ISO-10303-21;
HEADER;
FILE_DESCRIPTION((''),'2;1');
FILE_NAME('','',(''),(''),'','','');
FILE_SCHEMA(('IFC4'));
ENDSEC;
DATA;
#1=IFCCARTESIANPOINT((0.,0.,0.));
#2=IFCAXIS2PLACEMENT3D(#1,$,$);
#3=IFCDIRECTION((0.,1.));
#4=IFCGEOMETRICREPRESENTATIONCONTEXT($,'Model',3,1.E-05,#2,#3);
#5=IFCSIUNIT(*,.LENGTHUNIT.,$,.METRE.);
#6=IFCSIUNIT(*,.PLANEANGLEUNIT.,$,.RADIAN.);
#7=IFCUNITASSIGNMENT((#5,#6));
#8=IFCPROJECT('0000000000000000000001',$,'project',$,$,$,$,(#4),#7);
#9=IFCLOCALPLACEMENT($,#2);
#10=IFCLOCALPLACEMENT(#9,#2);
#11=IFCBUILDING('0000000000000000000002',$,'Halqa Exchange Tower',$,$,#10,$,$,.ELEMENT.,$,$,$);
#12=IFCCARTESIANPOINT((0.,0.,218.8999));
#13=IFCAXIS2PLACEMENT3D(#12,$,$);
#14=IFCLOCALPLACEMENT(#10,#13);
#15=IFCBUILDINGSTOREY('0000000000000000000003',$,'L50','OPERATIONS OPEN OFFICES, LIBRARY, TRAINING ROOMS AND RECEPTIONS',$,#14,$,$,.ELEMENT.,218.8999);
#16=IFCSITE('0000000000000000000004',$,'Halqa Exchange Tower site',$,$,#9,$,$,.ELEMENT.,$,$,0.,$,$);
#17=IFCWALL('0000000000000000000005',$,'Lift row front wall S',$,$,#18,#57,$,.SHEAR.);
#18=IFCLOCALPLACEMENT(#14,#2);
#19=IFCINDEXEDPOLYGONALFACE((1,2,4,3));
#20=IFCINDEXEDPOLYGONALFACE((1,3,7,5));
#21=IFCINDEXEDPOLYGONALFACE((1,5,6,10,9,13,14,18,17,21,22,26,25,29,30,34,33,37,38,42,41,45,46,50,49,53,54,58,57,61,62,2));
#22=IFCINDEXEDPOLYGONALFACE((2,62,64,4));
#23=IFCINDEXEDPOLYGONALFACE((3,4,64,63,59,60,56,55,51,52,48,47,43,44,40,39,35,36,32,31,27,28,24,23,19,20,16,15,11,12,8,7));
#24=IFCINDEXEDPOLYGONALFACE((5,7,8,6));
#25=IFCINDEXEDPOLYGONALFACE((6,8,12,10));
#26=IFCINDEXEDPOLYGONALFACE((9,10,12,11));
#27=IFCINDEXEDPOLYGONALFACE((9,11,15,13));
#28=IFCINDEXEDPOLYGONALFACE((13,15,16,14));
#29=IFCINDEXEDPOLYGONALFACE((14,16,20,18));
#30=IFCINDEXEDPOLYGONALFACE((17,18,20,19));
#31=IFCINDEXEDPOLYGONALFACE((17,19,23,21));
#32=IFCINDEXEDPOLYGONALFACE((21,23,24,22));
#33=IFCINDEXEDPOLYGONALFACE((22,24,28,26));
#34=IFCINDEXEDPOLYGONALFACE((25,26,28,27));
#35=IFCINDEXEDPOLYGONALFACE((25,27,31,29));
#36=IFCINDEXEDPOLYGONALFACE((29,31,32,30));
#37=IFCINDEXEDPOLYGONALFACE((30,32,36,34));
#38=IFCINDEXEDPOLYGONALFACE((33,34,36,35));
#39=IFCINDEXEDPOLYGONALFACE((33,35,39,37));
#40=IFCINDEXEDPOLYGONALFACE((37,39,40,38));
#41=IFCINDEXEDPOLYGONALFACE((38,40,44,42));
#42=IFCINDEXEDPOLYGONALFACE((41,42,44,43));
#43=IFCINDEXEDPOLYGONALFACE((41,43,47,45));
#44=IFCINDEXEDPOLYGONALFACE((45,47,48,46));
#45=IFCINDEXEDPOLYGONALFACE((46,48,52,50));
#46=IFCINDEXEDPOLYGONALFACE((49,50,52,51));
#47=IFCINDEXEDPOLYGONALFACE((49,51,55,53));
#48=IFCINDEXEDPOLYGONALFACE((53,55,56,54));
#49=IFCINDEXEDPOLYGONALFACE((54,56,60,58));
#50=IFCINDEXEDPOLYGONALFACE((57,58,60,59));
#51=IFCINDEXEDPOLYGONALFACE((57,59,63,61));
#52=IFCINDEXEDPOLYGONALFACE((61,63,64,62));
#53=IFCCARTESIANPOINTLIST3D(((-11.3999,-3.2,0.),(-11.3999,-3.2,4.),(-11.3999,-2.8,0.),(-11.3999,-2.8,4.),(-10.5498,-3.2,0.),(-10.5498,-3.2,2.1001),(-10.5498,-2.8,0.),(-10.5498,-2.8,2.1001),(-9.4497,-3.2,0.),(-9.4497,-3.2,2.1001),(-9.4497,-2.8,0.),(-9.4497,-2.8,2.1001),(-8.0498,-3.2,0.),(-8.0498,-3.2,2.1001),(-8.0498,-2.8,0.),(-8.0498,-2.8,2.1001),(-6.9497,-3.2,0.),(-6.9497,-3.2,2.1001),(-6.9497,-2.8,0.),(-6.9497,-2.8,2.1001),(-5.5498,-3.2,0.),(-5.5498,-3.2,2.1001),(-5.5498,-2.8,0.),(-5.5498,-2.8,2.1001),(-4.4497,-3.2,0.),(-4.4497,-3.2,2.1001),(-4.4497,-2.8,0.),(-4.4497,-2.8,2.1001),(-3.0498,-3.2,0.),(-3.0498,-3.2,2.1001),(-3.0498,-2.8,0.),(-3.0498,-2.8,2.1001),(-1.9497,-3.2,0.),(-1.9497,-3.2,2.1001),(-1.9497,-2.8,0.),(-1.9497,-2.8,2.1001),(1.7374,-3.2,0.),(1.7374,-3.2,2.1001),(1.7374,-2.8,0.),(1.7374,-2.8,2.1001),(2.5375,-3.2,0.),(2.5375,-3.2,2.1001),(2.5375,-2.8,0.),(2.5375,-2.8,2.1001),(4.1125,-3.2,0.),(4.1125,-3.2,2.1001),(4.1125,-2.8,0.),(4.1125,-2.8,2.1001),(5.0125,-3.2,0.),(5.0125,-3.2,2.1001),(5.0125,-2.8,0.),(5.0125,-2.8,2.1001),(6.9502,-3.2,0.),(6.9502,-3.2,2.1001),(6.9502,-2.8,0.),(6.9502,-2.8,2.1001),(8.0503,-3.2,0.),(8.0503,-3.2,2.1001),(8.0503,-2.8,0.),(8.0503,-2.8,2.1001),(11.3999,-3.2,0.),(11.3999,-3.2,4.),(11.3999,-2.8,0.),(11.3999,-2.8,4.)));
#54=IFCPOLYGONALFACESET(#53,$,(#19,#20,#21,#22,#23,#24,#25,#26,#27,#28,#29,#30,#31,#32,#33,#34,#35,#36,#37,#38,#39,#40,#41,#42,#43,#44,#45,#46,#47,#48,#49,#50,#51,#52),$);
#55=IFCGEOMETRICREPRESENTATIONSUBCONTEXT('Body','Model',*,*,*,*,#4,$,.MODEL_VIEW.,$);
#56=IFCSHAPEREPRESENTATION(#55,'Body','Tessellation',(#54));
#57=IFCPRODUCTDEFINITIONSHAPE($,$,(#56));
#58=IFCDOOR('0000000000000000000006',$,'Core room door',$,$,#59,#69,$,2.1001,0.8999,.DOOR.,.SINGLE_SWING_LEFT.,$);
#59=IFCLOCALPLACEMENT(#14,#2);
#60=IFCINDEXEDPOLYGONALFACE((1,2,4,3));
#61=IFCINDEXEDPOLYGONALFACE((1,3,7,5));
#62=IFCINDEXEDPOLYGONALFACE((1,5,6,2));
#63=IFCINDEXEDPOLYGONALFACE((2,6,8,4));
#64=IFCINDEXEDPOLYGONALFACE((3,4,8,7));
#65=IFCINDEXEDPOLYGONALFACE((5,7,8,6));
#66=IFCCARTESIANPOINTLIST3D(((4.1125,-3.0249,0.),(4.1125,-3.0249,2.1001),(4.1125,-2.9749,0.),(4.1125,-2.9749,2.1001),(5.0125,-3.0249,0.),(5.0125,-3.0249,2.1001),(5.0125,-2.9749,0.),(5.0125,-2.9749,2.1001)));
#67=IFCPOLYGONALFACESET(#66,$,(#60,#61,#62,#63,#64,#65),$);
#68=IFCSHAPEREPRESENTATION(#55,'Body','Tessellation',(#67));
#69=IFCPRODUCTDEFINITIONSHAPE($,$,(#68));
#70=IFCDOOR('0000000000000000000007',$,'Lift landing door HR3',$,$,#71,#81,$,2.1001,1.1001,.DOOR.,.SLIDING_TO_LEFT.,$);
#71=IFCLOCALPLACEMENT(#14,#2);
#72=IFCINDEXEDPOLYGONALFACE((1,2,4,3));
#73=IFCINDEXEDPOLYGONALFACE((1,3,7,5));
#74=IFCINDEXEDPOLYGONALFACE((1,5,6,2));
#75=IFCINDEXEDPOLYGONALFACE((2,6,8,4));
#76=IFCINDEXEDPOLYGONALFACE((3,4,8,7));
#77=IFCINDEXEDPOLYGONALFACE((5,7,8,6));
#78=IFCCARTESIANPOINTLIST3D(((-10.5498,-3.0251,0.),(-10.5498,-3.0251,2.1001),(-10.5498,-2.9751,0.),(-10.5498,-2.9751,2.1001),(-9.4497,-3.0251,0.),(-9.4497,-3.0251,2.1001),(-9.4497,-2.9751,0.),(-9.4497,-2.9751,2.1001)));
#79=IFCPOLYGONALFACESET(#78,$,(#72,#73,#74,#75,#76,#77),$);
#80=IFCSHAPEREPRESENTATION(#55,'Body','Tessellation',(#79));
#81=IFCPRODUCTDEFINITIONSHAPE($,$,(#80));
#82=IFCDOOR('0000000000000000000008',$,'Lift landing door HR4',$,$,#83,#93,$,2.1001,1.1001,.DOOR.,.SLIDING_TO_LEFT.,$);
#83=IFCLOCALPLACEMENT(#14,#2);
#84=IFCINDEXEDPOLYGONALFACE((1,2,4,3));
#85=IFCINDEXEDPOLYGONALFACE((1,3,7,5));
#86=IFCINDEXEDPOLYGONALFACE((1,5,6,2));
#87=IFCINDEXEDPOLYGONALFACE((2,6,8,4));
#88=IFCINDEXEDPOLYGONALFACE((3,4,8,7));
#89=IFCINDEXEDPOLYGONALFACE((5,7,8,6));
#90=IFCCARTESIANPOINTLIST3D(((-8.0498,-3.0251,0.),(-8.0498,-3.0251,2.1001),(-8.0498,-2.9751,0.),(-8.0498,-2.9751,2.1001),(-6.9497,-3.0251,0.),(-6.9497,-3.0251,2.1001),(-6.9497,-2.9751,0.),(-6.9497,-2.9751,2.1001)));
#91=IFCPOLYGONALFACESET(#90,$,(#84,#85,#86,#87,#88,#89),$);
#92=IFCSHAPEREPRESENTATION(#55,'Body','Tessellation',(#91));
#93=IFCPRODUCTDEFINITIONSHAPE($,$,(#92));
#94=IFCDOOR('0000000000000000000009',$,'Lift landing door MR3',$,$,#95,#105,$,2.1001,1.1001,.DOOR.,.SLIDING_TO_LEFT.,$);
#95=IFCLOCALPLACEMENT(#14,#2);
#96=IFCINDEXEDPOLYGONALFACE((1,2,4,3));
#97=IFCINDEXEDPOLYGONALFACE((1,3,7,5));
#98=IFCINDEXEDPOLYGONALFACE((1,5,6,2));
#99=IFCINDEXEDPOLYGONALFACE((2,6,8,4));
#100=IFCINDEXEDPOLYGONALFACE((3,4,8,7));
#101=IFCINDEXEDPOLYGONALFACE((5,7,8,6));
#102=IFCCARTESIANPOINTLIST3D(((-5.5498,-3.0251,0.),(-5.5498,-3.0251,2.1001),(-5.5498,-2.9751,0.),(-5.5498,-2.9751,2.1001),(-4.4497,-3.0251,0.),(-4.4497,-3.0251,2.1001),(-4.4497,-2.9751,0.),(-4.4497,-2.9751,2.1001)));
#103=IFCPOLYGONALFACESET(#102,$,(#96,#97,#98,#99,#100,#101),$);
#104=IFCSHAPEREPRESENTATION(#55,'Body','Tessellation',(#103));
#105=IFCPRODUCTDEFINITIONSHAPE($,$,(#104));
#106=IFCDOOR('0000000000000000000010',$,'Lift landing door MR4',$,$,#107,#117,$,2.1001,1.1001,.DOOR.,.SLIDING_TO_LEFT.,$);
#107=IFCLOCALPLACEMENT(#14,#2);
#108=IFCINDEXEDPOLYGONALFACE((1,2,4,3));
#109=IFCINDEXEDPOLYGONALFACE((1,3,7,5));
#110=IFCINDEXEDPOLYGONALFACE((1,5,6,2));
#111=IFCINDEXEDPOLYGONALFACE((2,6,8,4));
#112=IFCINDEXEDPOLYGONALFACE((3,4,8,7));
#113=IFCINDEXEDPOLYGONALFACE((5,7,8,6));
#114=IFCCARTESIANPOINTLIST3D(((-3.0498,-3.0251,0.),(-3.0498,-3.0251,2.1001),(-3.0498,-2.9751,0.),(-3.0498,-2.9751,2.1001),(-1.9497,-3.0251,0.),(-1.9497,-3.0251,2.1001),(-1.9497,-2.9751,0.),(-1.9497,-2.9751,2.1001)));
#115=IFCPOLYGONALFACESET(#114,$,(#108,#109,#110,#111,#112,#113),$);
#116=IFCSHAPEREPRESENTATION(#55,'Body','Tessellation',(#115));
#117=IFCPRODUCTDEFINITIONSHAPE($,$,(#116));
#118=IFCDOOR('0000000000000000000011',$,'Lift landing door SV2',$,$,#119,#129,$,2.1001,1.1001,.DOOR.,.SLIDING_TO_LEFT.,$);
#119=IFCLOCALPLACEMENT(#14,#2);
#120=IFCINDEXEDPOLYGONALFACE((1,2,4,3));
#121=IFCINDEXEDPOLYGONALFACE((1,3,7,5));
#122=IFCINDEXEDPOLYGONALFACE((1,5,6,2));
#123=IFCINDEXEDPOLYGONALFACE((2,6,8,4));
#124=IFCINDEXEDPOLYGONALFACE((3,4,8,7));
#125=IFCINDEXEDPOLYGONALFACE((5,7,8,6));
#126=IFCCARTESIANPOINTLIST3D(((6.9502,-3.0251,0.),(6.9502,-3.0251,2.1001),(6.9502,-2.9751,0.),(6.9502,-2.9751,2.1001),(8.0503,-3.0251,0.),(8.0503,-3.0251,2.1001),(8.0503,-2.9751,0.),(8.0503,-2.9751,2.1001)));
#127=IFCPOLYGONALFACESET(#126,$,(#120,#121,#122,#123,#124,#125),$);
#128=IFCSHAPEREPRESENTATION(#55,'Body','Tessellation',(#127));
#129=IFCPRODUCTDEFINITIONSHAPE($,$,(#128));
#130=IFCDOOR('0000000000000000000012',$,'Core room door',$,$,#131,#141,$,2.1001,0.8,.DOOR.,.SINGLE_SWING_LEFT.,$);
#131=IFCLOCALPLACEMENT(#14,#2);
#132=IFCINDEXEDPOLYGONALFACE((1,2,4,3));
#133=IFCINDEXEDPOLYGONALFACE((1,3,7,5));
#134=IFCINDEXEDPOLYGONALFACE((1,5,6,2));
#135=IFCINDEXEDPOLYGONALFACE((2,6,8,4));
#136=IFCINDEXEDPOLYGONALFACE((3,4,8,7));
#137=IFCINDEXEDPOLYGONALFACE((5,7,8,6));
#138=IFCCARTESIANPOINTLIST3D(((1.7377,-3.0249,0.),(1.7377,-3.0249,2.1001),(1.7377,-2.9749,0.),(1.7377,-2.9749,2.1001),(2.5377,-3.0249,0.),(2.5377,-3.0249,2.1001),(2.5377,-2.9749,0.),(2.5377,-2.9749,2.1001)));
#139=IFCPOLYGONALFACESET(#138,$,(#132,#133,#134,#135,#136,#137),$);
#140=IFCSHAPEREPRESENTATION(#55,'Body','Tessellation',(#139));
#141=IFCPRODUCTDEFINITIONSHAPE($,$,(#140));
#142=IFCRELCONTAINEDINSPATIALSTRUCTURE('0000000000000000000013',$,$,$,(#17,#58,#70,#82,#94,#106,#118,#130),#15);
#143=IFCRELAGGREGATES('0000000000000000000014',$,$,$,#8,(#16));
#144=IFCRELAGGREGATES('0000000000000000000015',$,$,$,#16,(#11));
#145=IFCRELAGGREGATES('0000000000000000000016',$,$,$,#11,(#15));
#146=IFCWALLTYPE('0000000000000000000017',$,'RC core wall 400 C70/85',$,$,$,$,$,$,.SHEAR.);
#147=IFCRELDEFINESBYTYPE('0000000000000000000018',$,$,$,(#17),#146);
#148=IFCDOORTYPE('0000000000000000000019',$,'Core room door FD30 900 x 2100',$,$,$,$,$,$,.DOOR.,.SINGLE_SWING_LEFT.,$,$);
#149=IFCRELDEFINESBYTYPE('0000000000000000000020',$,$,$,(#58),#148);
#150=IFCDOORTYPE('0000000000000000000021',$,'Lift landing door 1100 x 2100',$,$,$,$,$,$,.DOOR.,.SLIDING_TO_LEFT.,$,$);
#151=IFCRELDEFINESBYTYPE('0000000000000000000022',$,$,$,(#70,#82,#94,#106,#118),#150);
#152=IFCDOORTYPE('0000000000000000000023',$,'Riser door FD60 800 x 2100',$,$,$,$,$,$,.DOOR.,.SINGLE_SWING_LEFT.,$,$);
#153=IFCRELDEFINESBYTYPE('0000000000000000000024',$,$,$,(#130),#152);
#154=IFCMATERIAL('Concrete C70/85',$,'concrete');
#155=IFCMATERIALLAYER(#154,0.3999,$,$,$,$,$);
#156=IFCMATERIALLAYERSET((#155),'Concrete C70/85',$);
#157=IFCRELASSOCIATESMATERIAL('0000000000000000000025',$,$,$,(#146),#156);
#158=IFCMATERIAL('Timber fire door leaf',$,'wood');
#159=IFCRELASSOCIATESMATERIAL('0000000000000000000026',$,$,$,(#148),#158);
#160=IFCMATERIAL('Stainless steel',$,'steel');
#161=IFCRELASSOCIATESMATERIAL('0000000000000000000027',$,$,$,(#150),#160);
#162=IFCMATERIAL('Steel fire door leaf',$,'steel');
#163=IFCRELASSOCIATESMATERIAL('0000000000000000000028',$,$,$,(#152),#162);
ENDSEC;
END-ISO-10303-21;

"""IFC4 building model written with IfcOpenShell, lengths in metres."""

from ifc_helpers import new_model, si_unit, direction, frame, frame_2d, origin, place, context, subcontext, project, spatial, rectangle, extrude, material, layer, layer_set, type_object, element, fill, save


model = new_model("IFC4")

# Units and contexts
model_context = context("Model", 3, precision=1e-05, world=origin(), true_north=direction((0.0, 1.0)))
body_context = subcontext(model_context, "Body", "Model", "MODEL_VIEW")
ifc_project = project(units=[si_unit("LENGTHUNIT", "METRE"), si_unit("PLANEANGLEUNIT", "RADIAN")], contexts=[model_context])

# Site, building, storey
site_placement = place(None, origin())
site = spatial("IfcSite", under=ifc_project, at=site_placement, Name="Halqa Exchange Tower site", CompositionType="ELEMENT", RefElevation=0.0)
building_placement = place(site_placement, origin())
building = spatial("IfcBuilding", under=site, at=building_placement, Name="Halqa Exchange Tower", CompositionType="ELEMENT")
storey_placement = place(building_placement, frame((0.0, 0.0, 218.8999)))
storey = spatial("IfcBuildingStorey", under=building, at=storey_placement, Name="L50", Description="OPERATIONS OPEN OFFICES, LIBRARY, TRAINING ROOMS AND RECEPTIONS", CompositionType="ELEMENT", Elevation=218.8999)

# Wall, openings, doors
ifc_material_1 = material(Name="Concrete C70/85", Category="concrete")
ifc_layer_1 = layer(ifc_material_1, 0.3999)
ifc_layer_set_1 = layer_set([ifc_layer_1], Name="Concrete C70/85")
wall_type_1 = type_object("IfcWallType", Name="RC core wall 400 C70/85", PredefinedType="SHEAR", material=ifc_layer_set_1)
wall_1_placement = place(storey_placement, frame((-11.3999, -3.0, 0.0), z_axis=(0.0, 0.0, 1.0), x_axis=(1.0, 0.0, 0.0)))
wall_1 = element("IfcWall", 1, at=wall_1_placement, inside=storey, type_object=wall_type_1, Name="Lift row front wall S", PredefinedType="SHEAR", context=body_context, shape_type="SweptSolid", body=[
    extrude(rectangle(XDim=22.7998, YDim=0.3999, at=frame_2d((11.3999, 0.0))), origin(), (0.0, 0.0, 1.0), 4.0),
])
opening_1_placement = place(wall_1_placement, frame((0.8501, 0.0, 0.0)))
opening_1 = element("IfcOpeningElement", 2, at=opening_1_placement, cuts=wall_1, PredefinedType="OPENING", context=body_context, shape_type="SweptSolid", body=[
    extrude(rectangle(XDim=1.1001, YDim=2.1001, at=frame_2d((0.55, 1.05))), frame((0.0, 0.2119, 0.0), z_axis=(0.0, -1.0, 0.0), x_axis=(1.0, 0.0, 0.0)), (0.0, 0.0, 1.0), 0.4238),
])
opening_2_placement = place(wall_1_placement, frame((3.3501, 0.0, 0.0)))
opening_2 = element("IfcOpeningElement", 3, at=opening_2_placement, cuts=wall_1, PredefinedType="OPENING", context=body_context, shape_type="SweptSolid", body=[
    extrude(rectangle(XDim=1.1001, YDim=2.1001, at=frame_2d((0.55, 1.05))), frame((0.0, 0.2119, 0.0), z_axis=(0.0, -1.0, 0.0), x_axis=(1.0, 0.0, 0.0)), (0.0, 0.0, 1.0), 0.4238),
])
opening_3_placement = place(wall_1_placement, frame((5.8501, 0.0, 0.0)))
opening_3 = element("IfcOpeningElement", 4, at=opening_3_placement, cuts=wall_1, PredefinedType="OPENING", context=body_context, shape_type="SweptSolid", body=[
    extrude(rectangle(XDim=1.1001, YDim=2.1001, at=frame_2d((0.55, 1.05))), frame((0.0, 0.2119, 0.0), z_axis=(0.0, -1.0, 0.0), x_axis=(1.0, 0.0, 0.0)), (0.0, 0.0, 1.0), 0.4238),
])
opening_4_placement = place(wall_1_placement, frame((8.3501, 0.0, 0.0)))
opening_4 = element("IfcOpeningElement", 5, at=opening_4_placement, cuts=wall_1, PredefinedType="OPENING", context=body_context, shape_type="SweptSolid", body=[
    extrude(rectangle(XDim=1.1001, YDim=2.1001, at=frame_2d((0.55, 1.05))), frame((0.0, 0.2119, 0.0), z_axis=(0.0, -1.0, 0.0), x_axis=(1.0, 0.0, 0.0)), (0.0, 0.0, 1.0), 0.4238),
])
opening_5_placement = place(wall_1_placement, frame((18.3501, 0.0, 0.0)))
opening_5 = element("IfcOpeningElement", 6, at=opening_5_placement, cuts=wall_1, PredefinedType="OPENING", context=body_context, shape_type="SweptSolid", body=[
    extrude(rectangle(XDim=1.1001, YDim=2.1001, at=frame_2d((0.55, 1.05))), frame((0.0, 0.2119, 0.0), z_axis=(0.0, -1.0, 0.0), x_axis=(1.0, 0.0, 0.0)), (0.0, 0.0, 1.0), 0.4238),
])
opening_6_placement = place(wall_1_placement, frame((13.1375, 0.0, 0.0)))
opening_6 = element("IfcOpeningElement", 7, at=opening_6_placement, cuts=wall_1, PredefinedType="OPENING", context=body_context, shape_type="SweptSolid", body=[
    extrude(rectangle(XDim=0.8, YDim=2.1001, at=frame_2d((0.3999, 1.05))), frame((0.0, 0.2119, 0.0), z_axis=(0.0, -1.0, 0.0), x_axis=(1.0, 0.0, 0.0)), (0.0, 0.0, 1.0), 0.4238),
])
opening_7_placement = place(wall_1_placement, frame((15.5125, 0.0, 0.0)))
opening_7 = element("IfcOpeningElement", 8, at=opening_7_placement, cuts=wall_1, PredefinedType="OPENING", context=body_context, shape_type="SweptSolid", body=[
    extrude(rectangle(XDim=0.8999, YDim=2.1001, at=frame_2d((0.45, 1.05))), frame((0.0, 0.2119, 0.0), z_axis=(0.0, -1.0, 0.0), x_axis=(1.0, 0.0, 0.0)), (0.0, 0.0, 1.0), 0.4238),
])
ifc_material_2 = material(Name="Timber fire door leaf", Category="wood")
door_type_1 = type_object("IfcDoorType", Name="Core room door FD30 900 x 2100", OperationType="SINGLE_SWING_LEFT", PredefinedType="DOOR", material=ifc_material_2)
door_1_placement = place(opening_7_placement, frame((0.8999, 0.0, 0.0), z_axis=(0.0, 0.0, 1.0), x_axis=(-1.0, 0.0, 0.0)))
door_1 = element("IfcDoor", 9, at=door_1_placement, inside=storey, type_object=door_type_1, Name="Core room door", OperationType="SINGLE_SWING_LEFT", OverallHeight=2.1001, OverallWidth=0.8999, PredefinedType="DOOR", context=body_context, shape_type="SweptSolid", body=[
    extrude(rectangle(XDim=0.8999, YDim=2.1001, at=frame_2d((0.45, 1.05))), frame((0.0, 0.0249, 0.0), z_axis=(0.0, -1.0, 0.0), x_axis=(1.0, 0.0, 0.0)), (0.0, 0.0, 1.0), 0.05),
])
fill(opening_7, door_1)
ifc_material_3 = material(Name="Stainless steel", Category="steel")
door_type_2 = type_object("IfcDoorType", Name="Lift landing door 1100 x 2100", OperationType="SLIDING_TO_LEFT", PredefinedType="DOOR", material=ifc_material_3)
door_2_placement = place(opening_1_placement, origin())
door_2 = element("IfcDoor", 10, at=door_2_placement, inside=storey, type_object=door_type_2, Name="Lift landing door HR3", OperationType="SLIDING_TO_LEFT", OverallHeight=2.1001, OverallWidth=1.1001, PredefinedType="DOOR", context=body_context, shape_type="SweptSolid", body=[
    extrude(rectangle(XDim=1.1001, YDim=2.1001, at=frame_2d((0.55, 1.05))), frame((0.0, 0.0249, 0.0), z_axis=(0.0, -1.0, 0.0), x_axis=(1.0, 0.0, 0.0)), (0.0, 0.0, 1.0), 0.05),
])
fill(opening_1, door_2)
door_3_placement = place(opening_2_placement, origin())
door_3 = element("IfcDoor", 11, at=door_3_placement, inside=storey, type_object=door_type_2, Name="Lift landing door HR4", OperationType="SLIDING_TO_LEFT", OverallHeight=2.1001, OverallWidth=1.1001, PredefinedType="DOOR", context=body_context, shape_type="SweptSolid", body=[
    extrude(rectangle(XDim=1.1001, YDim=2.1001, at=frame_2d((0.55, 1.05))), frame((0.0, 0.0249, 0.0), z_axis=(0.0, -1.0, 0.0), x_axis=(1.0, 0.0, 0.0)), (0.0, 0.0, 1.0), 0.05),
])
fill(opening_2, door_3)
door_4_placement = place(opening_3_placement, origin())
door_4 = element("IfcDoor", 12, at=door_4_placement, inside=storey, type_object=door_type_2, Name="Lift landing door MR3", OperationType="SLIDING_TO_LEFT", OverallHeight=2.1001, OverallWidth=1.1001, PredefinedType="DOOR", context=body_context, shape_type="SweptSolid", body=[
    extrude(rectangle(XDim=1.1001, YDim=2.1001, at=frame_2d((0.55, 1.05))), frame((0.0, 0.0249, 0.0), z_axis=(0.0, -1.0, 0.0), x_axis=(1.0, 0.0, 0.0)), (0.0, 0.0, 1.0), 0.05),
])
fill(opening_3, door_4)
door_5_placement = place(opening_4_placement, origin())
door_5 = element("IfcDoor", 13, at=door_5_placement, inside=storey, type_object=door_type_2, Name="Lift landing door MR4", OperationType="SLIDING_TO_LEFT", OverallHeight=2.1001, OverallWidth=1.1001, PredefinedType="DOOR", context=body_context, shape_type="SweptSolid", body=[
    extrude(rectangle(XDim=1.1001, YDim=2.1001, at=frame_2d((0.55, 1.05))), frame((0.0, 0.0249, 0.0), z_axis=(0.0, -1.0, 0.0), x_axis=(1.0, 0.0, 0.0)), (0.0, 0.0, 1.0), 0.05),
])
fill(opening_4, door_5)
door_6_placement = place(opening_5_placement, origin())
door_6 = element("IfcDoor", 14, at=door_6_placement, inside=storey, type_object=door_type_2, Name="Lift landing door SV2", OperationType="SLIDING_TO_LEFT", OverallHeight=2.1001, OverallWidth=1.1001, PredefinedType="DOOR", context=body_context, shape_type="SweptSolid", body=[
    extrude(rectangle(XDim=1.1001, YDim=2.1001, at=frame_2d((0.55, 1.05))), frame((0.0, 0.0249, 0.0), z_axis=(0.0, -1.0, 0.0), x_axis=(1.0, 0.0, 0.0)), (0.0, 0.0, 1.0), 0.05),
])
fill(opening_5, door_6)
ifc_material_4 = material(Name="Steel fire door leaf", Category="steel")
door_type_3 = type_object("IfcDoorType", Name="Riser door FD60 800 x 2100", OperationType="SINGLE_SWING_LEFT", PredefinedType="DOOR", material=ifc_material_4)
door_7_placement = place(opening_6_placement, frame((0.8, 0.0, 0.0), z_axis=(0.0, 0.0, 1.0), x_axis=(-1.0, 0.0, 0.0)))
door_7 = element("IfcDoor", 15, at=door_7_placement, inside=storey, type_object=door_type_3, Name="Core room door", OperationType="SINGLE_SWING_LEFT", OverallHeight=2.1001, OverallWidth=0.8, PredefinedType="DOOR", context=body_context, shape_type="SweptSolid", body=[
    extrude(rectangle(XDim=0.8, YDim=2.1001, at=frame_2d((0.3999, 1.05))), frame((0.0, 0.0249, 0.0), z_axis=(0.0, -1.0, 0.0), x_axis=(1.0, 0.0, 0.0)), (0.0, 0.0, 1.0), 0.05),
])
fill(opening_6, door_7)

save(model, "model.ifc")
